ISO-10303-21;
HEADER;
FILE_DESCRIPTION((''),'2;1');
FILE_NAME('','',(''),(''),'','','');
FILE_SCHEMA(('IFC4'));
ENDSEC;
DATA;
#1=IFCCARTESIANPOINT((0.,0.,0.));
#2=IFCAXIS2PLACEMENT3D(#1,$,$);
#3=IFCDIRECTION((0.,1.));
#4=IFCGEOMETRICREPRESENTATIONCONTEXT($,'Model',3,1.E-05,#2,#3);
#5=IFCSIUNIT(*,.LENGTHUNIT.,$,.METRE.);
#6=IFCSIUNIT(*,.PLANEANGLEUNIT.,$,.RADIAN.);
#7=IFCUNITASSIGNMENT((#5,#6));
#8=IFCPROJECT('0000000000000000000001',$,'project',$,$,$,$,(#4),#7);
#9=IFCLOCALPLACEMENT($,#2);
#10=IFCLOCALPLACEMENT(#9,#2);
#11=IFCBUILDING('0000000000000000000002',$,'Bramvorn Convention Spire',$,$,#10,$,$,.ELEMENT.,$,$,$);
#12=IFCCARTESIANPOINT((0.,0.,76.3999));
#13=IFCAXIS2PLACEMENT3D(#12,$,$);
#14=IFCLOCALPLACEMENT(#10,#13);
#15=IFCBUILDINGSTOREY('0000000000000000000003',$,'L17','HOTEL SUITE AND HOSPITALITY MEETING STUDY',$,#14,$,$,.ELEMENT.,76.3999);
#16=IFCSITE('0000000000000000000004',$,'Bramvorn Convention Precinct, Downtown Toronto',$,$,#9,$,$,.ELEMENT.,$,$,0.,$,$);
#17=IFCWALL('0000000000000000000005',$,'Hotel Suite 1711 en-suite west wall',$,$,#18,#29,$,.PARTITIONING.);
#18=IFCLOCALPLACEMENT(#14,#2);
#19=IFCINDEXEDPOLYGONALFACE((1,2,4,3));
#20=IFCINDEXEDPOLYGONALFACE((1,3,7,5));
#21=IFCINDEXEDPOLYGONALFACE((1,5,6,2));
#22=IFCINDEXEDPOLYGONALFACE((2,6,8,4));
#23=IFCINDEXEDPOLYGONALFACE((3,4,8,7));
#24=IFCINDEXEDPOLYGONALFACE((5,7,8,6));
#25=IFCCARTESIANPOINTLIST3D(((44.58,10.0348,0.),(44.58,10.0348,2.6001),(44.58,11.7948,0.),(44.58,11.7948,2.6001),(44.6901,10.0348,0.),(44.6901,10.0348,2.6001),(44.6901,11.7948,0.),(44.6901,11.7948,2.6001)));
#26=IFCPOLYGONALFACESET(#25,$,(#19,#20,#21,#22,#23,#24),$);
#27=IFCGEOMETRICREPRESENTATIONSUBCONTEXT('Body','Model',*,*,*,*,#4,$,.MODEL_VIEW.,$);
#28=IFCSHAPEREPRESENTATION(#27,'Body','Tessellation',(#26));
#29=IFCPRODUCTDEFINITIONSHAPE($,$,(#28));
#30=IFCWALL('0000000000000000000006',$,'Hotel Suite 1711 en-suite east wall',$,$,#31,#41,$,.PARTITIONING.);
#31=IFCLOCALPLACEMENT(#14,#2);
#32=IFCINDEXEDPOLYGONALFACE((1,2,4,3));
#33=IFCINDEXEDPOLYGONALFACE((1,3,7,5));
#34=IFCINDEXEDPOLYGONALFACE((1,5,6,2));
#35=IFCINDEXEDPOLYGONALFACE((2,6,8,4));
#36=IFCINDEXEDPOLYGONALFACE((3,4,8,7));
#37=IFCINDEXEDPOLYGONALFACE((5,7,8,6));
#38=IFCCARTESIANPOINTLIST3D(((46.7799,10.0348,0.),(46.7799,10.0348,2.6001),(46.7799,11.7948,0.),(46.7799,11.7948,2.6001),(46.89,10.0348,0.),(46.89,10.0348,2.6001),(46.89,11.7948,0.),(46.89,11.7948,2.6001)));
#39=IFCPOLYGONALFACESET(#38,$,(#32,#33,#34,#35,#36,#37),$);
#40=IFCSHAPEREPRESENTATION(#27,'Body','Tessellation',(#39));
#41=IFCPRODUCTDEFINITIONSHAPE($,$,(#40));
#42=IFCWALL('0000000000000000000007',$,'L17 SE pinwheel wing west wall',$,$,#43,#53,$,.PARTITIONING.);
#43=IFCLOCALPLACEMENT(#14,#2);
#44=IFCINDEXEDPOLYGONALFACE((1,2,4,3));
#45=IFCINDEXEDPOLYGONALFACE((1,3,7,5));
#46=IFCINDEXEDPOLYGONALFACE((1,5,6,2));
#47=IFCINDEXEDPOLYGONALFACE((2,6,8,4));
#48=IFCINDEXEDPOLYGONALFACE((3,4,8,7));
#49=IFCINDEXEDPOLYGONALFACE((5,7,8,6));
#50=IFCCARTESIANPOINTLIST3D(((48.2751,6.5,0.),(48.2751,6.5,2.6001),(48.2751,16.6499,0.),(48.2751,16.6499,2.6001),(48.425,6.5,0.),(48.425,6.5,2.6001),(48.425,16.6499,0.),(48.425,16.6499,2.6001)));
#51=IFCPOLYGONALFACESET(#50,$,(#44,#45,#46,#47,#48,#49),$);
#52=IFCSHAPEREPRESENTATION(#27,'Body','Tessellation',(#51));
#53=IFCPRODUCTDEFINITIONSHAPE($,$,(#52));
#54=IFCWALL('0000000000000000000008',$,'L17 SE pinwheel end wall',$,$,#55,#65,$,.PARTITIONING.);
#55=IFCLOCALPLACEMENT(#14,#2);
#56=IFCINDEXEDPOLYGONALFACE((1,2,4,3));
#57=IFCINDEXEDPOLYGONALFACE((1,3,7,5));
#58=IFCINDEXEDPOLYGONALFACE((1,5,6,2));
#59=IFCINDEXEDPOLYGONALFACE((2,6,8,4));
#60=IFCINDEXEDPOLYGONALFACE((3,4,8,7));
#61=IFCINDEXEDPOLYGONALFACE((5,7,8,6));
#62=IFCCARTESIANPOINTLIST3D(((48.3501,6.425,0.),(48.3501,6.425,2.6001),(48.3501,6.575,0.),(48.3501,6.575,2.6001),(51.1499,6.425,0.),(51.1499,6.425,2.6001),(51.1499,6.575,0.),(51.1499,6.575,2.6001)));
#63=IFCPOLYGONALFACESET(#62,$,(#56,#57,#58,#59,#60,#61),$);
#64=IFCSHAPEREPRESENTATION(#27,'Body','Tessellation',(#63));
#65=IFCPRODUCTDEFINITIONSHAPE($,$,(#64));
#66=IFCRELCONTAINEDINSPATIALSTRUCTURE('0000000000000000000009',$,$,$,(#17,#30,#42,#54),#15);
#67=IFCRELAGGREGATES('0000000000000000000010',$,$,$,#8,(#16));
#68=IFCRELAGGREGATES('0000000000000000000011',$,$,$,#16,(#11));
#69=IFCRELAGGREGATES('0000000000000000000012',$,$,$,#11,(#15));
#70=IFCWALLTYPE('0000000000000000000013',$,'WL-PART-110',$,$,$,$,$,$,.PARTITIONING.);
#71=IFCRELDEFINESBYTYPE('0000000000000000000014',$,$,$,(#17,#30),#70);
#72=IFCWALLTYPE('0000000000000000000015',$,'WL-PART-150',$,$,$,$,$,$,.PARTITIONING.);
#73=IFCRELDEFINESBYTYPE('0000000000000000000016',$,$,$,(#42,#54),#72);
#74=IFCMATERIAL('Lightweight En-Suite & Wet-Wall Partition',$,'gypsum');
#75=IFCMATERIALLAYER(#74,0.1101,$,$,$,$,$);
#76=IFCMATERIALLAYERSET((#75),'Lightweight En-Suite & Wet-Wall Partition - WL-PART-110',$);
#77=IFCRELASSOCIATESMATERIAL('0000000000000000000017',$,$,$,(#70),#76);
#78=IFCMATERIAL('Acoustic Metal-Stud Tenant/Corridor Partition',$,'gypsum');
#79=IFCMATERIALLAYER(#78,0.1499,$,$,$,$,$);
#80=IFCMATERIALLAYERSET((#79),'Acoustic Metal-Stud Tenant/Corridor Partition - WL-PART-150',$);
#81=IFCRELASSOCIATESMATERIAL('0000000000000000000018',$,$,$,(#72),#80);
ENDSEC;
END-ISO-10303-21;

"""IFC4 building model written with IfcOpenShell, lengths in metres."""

from ifc_helpers import new_model, si_unit, direction, frame, frame_2d, origin, place, context, subcontext, project, spatial, rectangle, extrude, material, layer, layer_set, type_object, element, save


model = new_model("IFC4")

# Units and contexts
model_context = context("Model", 3, precision=1e-05, world=origin(), true_north=direction((0.0, 1.0)))
body_context = subcontext(model_context, "Body", "Model", "MODEL_VIEW")
ifc_project = project(units=[si_unit("LENGTHUNIT", "METRE"), si_unit("PLANEANGLEUNIT", "RADIAN")], contexts=[model_context])

# Site, building, storey
site_placement = place(None, origin())
site = spatial("IfcSite", under=ifc_project, at=site_placement, Name="Bramvorn Convention Precinct, Downtown Toronto", CompositionType="ELEMENT", RefElevation=0.0)
building_placement = place(site_placement, origin())
building = spatial("IfcBuilding", under=site, at=building_placement, Name="Bramvorn Convention Spire", CompositionType="ELEMENT")
storey_placement = place(building_placement, frame((0.0, 0.0, 76.3999)))
storey = spatial("IfcBuildingStorey", under=building, at=storey_placement, Name="L17", Description="HOTEL SUITE AND HOSPITALITY MEETING STUDY", CompositionType="ELEMENT", Elevation=76.3999)

# Shared definitions
ifc_material_1 = material(Name="Lightweight En-Suite & Wet-Wall Partition", Category="gypsum")
ifc_layer_1 = layer(ifc_material_1, 0.1101)
ifc_layer_set_1 = layer_set([ifc_layer_1], Name="Lightweight En-Suite & Wet-Wall Partition - WL-PART-110")
wall_type_1 = type_object("IfcWallType", Name="WL-PART-110", PredefinedType="PARTITIONING", material=ifc_layer_set_1)

# Walls
for number, where, z_axis, x_axis, name in (
    (1, (44.635, 10.0349, 0.0), (0.0, 0.0, 1.0), (0.0, 1.0, 0.0), "Hotel Suite 1711 en-suite west wall"),
    (2, (46.835, 10.0349, 0.0), (0.0, 0.0, 1.0), (0.0, 1.0, 0.0), "Hotel Suite 1711 en-suite east wall"),
):
    element("IfcWall", number, at=place(storey_placement, frame(where, z_axis=z_axis, x_axis=x_axis)), inside=storey, type_object=wall_type_1, Name=name, PredefinedType="PARTITIONING", context=body_context, shape_type="SweptSolid", body=[
        extrude(rectangle(XDim=1.76, YDim=0.1101, at=frame_2d((0.8799, 0.0))), origin(), (0.0, 0.0, 1.0), 2.6001),
    ])
ifc_material_2 = material(Name="Acoustic Metal-Stud Tenant/Corridor Partition", Category="gypsum")
ifc_layer_2 = layer(ifc_material_2, 0.1499)
ifc_layer_set_2 = layer_set([ifc_layer_2], Name="Acoustic Metal-Stud Tenant/Corridor Partition - WL-PART-150")
wall_type_2 = type_object("IfcWallType", Name="WL-PART-150", PredefinedType="PARTITIONING", material=ifc_layer_set_2)
wall_1_placement = place(storey_placement, frame((48.3501, 6.5, 0.0), z_axis=(0.0, 0.0, 1.0), x_axis=(0.0, 1.0, 0.0)))
element("IfcWall", 3, at=wall_1_placement, inside=storey, type_object=wall_type_2, Name="L17 SE pinwheel wing west wall", PredefinedType="PARTITIONING", context=body_context, shape_type="SweptSolid", body=[
    extrude(rectangle(XDim=10.1499, YDim=0.1499, at=frame_2d((5.075, 0.0))), origin(), (0.0, 0.0, 1.0), 2.6001),
])
wall_2_placement = place(storey_placement, frame((48.3501, 6.5, 0.0), z_axis=(0.0, 0.0, 1.0), x_axis=(1.0, 0.0, 0.0)))
element("IfcWall", 4, at=wall_2_placement, inside=storey, type_object=wall_type_2, Name="L17 SE pinwheel end wall", PredefinedType="PARTITIONING", context=body_context, shape_type="SweptSolid", body=[
    extrude(rectangle(XDim=2.7998, YDim=0.1499, at=frame_2d((1.3999, 0.0))), origin(), (0.0, 0.0, 1.0), 2.6001),
])

save(model, "model.ifc")
